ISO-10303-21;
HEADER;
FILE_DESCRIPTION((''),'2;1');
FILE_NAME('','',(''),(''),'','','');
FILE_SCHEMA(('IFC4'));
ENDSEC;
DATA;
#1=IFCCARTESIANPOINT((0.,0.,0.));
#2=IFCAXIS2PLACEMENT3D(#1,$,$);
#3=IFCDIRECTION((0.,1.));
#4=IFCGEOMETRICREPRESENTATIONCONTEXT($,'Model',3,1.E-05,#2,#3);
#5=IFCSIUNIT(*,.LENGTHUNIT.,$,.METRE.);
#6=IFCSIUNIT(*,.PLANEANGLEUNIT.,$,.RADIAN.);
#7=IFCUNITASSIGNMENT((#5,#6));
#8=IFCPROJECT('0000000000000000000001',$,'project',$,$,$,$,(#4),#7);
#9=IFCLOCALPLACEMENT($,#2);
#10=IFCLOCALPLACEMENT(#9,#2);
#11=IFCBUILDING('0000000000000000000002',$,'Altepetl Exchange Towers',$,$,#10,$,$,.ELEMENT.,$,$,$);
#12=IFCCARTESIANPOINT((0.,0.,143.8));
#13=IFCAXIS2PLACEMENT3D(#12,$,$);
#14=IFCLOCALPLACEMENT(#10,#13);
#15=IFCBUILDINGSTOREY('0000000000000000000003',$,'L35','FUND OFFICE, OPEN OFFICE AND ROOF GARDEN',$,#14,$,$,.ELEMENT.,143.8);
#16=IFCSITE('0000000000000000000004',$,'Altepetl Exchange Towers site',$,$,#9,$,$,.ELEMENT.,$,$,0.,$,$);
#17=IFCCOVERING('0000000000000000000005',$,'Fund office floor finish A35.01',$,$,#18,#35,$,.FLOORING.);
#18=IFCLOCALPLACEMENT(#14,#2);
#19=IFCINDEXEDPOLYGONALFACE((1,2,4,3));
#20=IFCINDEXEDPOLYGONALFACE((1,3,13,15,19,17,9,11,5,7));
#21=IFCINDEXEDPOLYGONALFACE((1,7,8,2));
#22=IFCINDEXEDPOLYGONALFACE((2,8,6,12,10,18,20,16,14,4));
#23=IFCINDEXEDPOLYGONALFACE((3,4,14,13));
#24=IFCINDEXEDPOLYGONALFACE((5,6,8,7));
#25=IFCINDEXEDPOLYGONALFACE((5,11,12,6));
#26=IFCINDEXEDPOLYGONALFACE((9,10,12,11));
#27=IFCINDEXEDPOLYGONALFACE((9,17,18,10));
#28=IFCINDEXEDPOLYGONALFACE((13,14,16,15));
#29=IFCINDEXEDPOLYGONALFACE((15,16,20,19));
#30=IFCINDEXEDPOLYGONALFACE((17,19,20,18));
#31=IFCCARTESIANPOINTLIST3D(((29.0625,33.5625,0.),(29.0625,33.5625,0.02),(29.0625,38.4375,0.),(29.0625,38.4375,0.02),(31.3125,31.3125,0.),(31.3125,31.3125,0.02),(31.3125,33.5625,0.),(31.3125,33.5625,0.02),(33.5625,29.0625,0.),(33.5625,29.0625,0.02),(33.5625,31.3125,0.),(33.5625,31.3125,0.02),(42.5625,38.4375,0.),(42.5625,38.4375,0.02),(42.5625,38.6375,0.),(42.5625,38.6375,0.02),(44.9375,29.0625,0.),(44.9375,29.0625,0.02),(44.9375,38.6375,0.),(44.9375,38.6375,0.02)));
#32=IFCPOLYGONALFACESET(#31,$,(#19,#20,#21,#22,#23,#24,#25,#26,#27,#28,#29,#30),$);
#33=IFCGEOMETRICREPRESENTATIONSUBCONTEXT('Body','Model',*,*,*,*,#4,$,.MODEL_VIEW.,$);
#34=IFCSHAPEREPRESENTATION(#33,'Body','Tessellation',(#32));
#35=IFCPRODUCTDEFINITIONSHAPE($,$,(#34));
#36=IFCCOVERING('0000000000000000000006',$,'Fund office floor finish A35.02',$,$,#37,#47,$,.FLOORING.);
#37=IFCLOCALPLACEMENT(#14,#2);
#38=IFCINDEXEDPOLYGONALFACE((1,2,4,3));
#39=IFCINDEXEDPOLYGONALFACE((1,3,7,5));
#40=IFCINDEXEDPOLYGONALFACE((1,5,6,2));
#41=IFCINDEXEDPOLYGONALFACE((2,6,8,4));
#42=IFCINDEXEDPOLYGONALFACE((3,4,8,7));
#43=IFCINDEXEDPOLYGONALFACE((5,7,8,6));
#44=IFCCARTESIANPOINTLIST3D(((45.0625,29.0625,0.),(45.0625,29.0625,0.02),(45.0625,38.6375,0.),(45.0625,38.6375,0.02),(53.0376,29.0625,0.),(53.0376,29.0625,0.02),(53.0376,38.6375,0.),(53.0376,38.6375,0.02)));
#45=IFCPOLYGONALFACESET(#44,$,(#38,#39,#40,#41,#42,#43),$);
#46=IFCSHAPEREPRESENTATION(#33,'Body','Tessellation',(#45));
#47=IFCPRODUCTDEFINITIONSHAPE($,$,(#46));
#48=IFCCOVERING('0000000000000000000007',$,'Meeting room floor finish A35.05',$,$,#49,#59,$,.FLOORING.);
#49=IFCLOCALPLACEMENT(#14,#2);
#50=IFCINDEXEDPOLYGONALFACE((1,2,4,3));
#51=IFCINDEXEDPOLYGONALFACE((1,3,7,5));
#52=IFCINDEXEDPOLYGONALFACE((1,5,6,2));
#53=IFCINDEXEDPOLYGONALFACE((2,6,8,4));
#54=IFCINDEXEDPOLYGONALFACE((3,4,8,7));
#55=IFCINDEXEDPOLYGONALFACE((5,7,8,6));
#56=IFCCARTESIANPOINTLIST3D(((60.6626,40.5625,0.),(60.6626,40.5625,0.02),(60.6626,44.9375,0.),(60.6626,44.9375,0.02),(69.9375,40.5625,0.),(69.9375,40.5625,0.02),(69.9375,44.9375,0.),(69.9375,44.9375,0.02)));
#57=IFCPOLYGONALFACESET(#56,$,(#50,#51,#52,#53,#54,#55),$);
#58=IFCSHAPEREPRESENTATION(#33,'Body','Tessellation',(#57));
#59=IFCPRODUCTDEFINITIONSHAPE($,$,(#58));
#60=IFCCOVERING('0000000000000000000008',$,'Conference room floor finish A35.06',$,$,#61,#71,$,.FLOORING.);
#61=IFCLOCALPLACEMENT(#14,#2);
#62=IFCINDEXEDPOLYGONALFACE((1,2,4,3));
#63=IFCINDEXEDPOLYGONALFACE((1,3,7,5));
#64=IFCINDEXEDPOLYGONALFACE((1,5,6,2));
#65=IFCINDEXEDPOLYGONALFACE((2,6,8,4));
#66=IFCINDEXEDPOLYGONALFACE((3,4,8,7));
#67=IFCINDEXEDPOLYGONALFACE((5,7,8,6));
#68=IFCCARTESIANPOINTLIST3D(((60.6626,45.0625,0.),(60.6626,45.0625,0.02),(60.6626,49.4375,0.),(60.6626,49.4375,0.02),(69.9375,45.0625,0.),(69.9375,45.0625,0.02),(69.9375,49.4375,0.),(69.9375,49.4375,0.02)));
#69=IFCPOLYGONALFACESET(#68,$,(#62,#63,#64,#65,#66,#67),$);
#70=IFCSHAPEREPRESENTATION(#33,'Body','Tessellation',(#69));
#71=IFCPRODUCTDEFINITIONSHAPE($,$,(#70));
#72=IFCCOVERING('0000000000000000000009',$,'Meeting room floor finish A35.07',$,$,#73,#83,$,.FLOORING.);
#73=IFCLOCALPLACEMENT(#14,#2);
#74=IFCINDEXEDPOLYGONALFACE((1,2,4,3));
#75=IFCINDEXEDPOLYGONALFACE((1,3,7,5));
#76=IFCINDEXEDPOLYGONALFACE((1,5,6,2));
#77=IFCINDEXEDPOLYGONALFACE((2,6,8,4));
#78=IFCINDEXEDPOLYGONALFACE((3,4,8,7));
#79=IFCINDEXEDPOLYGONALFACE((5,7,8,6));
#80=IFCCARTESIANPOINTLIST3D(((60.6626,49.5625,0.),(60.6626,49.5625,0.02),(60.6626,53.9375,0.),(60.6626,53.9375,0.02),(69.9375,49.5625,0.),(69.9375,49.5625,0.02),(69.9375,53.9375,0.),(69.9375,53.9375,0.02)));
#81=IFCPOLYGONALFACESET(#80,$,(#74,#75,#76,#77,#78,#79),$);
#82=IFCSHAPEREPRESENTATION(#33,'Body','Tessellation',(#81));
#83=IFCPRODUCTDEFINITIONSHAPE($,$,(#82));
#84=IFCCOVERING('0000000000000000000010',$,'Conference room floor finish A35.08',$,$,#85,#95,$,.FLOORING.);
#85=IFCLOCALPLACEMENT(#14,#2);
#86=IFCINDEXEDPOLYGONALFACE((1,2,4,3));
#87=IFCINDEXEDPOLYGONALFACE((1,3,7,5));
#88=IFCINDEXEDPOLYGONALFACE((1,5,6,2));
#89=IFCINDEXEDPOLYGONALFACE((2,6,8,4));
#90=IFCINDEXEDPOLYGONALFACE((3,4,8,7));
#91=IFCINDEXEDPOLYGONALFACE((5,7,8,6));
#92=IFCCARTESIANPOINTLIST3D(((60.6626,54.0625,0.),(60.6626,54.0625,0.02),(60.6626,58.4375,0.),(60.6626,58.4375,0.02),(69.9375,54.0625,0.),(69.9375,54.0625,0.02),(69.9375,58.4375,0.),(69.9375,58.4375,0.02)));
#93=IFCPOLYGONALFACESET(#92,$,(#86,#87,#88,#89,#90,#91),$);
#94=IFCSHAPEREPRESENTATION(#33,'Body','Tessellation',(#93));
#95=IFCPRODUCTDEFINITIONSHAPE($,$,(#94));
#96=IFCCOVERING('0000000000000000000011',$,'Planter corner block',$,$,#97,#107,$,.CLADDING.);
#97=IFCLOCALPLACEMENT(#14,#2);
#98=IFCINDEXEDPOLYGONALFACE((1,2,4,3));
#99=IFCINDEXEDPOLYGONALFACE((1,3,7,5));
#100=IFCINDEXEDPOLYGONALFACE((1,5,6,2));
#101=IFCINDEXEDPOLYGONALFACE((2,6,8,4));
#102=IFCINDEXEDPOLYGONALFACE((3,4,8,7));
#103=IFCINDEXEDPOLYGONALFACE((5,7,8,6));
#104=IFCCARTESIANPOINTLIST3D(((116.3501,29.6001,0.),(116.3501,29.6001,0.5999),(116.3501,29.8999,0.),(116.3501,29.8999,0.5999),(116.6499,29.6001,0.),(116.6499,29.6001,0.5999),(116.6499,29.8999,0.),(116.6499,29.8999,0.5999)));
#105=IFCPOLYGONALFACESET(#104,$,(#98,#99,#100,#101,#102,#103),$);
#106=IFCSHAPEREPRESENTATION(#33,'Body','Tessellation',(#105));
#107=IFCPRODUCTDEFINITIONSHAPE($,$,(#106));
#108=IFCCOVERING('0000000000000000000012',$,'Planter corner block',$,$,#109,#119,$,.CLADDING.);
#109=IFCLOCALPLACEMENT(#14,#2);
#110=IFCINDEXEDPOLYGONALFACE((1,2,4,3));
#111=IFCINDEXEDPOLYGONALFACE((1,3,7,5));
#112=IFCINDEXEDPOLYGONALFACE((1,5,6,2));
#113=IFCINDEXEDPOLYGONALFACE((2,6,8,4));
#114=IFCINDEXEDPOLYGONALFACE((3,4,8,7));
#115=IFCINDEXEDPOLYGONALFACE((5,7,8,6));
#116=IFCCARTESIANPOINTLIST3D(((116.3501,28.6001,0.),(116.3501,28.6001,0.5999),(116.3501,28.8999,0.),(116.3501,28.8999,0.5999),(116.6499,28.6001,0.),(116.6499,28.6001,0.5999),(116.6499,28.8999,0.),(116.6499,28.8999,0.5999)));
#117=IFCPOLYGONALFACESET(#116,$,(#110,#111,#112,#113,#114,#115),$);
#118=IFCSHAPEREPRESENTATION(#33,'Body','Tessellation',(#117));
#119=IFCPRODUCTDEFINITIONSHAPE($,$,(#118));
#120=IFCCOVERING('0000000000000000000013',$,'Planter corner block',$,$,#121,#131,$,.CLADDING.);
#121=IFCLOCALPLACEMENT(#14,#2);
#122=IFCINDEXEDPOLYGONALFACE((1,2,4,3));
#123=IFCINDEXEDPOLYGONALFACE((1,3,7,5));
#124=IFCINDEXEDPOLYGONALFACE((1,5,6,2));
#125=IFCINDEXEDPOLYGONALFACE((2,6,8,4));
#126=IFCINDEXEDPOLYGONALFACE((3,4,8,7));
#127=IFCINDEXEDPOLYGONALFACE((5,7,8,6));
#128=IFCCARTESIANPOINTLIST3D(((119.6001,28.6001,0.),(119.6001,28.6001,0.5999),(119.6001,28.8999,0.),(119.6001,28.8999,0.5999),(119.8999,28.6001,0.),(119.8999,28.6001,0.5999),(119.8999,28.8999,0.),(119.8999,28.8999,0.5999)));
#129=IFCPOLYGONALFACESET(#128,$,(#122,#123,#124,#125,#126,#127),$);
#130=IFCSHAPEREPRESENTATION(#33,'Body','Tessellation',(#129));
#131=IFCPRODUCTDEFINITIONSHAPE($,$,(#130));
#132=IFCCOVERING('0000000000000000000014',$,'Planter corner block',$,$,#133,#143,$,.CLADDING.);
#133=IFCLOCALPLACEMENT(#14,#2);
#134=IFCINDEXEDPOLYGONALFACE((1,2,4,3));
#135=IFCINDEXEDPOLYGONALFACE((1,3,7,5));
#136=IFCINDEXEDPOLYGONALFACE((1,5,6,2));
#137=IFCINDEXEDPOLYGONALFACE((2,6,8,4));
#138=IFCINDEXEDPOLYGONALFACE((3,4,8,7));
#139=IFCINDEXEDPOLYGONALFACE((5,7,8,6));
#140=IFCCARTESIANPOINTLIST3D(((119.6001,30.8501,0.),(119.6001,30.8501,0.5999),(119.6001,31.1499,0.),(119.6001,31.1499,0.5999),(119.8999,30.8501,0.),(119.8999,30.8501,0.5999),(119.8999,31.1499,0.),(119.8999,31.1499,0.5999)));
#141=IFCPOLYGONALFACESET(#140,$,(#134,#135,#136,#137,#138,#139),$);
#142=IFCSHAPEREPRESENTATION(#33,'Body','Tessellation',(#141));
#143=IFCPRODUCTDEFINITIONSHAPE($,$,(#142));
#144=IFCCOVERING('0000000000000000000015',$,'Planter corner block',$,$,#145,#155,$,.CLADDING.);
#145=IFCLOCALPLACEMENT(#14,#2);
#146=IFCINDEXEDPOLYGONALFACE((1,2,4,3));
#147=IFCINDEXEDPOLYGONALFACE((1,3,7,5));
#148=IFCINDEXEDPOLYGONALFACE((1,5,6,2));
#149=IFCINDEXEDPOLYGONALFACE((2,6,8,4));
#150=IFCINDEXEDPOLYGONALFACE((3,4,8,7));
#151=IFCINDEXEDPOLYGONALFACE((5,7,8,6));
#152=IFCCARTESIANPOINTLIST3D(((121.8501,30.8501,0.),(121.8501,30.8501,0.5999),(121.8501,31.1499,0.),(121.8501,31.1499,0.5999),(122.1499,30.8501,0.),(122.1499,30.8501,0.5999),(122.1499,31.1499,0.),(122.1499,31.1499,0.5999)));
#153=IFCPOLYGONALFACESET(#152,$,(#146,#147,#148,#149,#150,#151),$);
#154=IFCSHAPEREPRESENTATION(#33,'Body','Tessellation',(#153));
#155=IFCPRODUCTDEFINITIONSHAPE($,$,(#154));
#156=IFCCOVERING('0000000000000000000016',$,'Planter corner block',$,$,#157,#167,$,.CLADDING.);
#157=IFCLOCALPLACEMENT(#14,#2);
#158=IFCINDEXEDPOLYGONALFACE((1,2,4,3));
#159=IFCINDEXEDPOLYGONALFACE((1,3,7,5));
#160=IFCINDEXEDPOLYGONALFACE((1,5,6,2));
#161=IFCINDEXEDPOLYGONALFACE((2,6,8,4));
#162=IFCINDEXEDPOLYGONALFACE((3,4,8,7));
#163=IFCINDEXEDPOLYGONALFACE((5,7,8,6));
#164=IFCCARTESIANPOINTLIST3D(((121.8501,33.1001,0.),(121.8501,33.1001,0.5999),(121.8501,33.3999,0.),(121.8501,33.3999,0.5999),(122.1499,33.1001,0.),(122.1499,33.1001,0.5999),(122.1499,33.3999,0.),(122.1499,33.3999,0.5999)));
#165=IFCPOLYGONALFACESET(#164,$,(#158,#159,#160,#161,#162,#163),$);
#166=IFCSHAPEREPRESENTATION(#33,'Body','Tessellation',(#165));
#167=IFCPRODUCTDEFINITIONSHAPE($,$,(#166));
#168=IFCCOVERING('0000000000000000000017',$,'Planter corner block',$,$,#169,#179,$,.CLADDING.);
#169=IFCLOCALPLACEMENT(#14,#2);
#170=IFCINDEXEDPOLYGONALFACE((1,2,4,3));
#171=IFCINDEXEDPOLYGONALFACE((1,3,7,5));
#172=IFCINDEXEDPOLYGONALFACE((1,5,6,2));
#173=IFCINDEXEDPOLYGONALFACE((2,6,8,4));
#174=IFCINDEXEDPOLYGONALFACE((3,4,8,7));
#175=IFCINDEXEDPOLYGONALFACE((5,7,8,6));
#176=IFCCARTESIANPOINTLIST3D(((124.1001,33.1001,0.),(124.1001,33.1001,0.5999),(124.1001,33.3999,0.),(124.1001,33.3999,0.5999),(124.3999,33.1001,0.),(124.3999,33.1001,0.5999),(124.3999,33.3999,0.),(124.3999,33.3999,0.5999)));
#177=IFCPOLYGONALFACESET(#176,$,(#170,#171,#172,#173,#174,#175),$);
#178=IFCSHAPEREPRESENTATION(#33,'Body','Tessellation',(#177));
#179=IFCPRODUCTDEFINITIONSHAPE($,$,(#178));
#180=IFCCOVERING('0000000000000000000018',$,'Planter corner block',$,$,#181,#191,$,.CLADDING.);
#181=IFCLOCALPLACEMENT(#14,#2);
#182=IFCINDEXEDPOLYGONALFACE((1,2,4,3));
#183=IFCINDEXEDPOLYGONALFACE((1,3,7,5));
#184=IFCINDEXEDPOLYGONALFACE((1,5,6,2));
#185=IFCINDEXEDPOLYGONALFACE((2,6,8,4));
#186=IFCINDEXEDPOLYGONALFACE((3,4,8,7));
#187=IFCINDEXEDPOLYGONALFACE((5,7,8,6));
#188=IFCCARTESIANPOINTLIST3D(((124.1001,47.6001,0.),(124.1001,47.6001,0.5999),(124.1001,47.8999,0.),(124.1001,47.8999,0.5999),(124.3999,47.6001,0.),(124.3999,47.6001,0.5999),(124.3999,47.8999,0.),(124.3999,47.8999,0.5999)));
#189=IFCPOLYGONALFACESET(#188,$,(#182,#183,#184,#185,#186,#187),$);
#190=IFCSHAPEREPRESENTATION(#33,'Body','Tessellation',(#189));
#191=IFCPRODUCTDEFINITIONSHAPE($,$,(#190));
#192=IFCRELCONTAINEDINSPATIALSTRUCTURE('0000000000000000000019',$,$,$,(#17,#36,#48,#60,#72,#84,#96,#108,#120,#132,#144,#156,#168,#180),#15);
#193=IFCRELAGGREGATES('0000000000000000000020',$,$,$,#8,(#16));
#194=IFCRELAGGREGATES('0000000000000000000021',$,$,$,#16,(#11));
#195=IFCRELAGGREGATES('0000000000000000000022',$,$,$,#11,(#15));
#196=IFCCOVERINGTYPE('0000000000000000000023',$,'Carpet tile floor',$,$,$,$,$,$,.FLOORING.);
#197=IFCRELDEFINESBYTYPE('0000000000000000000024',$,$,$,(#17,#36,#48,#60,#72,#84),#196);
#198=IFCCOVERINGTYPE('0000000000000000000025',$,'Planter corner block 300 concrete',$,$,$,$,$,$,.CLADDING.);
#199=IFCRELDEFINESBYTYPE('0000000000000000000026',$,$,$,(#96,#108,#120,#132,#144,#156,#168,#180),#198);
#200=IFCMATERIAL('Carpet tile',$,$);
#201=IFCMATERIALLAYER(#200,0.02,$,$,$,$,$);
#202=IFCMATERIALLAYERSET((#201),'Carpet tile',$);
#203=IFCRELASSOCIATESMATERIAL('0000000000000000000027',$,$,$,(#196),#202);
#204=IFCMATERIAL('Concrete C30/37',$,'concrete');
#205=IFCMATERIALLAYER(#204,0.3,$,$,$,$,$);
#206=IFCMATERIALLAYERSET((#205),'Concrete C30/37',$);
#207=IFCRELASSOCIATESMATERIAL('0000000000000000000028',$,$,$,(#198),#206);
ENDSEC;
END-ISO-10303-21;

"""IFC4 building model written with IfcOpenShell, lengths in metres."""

from ifc_helpers import new_model, si_unit, direction, frame, origin, place, context, subcontext, project, spatial, polyline, outline, extrude, material, layer, layer_set, type_object, element, save


model = new_model("IFC4")

# Units and contexts
model_context = context("Model", 3, precision=1e-05, world=origin(), true_north=direction((0.0, 1.0)))
body_context = subcontext(model_context, "Body", "Model", "MODEL_VIEW")
ifc_project = project(units=[si_unit("LENGTHUNIT", "METRE"), si_unit("PLANEANGLEUNIT", "RADIAN")], contexts=[model_context])

# Site, building, storey
site_placement = place(None, origin())
site = spatial("IfcSite", under=ifc_project, at=site_placement, Name="Altepetl Exchange Towers site", CompositionType="ELEMENT", RefElevation=0.0)
building_placement = place(site_placement, origin())
building = spatial("IfcBuilding", under=site, at=building_placement, Name="Altepetl Exchange Towers", CompositionType="ELEMENT")
storey_placement = place(building_placement, frame((0.0, 0.0, 143.8)))
storey = spatial("IfcBuildingStorey", under=building, at=storey_placement, Name="L35", Description="FUND OFFICE, OPEN OFFICE AND ROOF GARDEN", CompositionType="ELEMENT", Elevation=143.8)

# Coverings
ifc_material_1 = material(Name="Carpet tile")
ifc_layer_1 = layer(ifc_material_1, 0.02)
ifc_layer_set_1 = layer_set([ifc_layer_1], Name="Carpet tile")
covering_type_1 = type_object("IfcCoveringType", Name="Carpet tile floor", PredefinedType="FLOORING", material=ifc_layer_set_1)
covering_1_placement = place(storey_placement, origin())
element("IfcCovering", 1, at=covering_1_placement, inside=storey, type_object=covering_type_1, Name="Fund office floor finish A35.01", PredefinedType="FLOORING", context=body_context, shape_type="SweptSolid", body=[
    extrude(outline(polyline([(31.3125, 31.3125), (33.5625, 31.3125), (33.5625, 29.0625), (44.9375, 29.0625), (44.9375, 38.6375), (42.5625, 38.6375), (42.5625, 38.4375), (29.0625, 38.4375), (29.0625, 33.5625), (31.3125, 33.5625), (31.3125, 31.3125)])), origin(), (0.0, 0.0, 1.0), 0.02),
])
covering_2_placement = place(storey_placement, origin())
element("IfcCovering", 2, at=covering_2_placement, inside=storey, type_object=covering_type_1, Name="Fund office floor finish A35.02", PredefinedType="FLOORING", context=body_context, shape_type="SweptSolid", body=[
    extrude(outline(polyline([(45.0625, 38.6375), (45.0625, 29.0625), (53.0376, 29.0625), (53.0376, 38.6375), (45.0625, 38.6375)])), origin(), (0.0, 0.0, 1.0), 0.02),
])
covering_3_placement = place(storey_placement, origin())
element("IfcCovering", 3, at=covering_3_placement, inside=storey, type_object=covering_type_1, Name="Meeting room floor finish A35.05", PredefinedType="FLOORING", context=body_context, shape_type="SweptSolid", body=[
    extrude(outline(polyline([(69.9375, 44.9375), (60.6626, 44.9375), (60.6626, 40.5625), (69.9375, 40.5625), (69.9375, 44.9375)])), origin(), (0.0, 0.0, 1.0), 0.02),
])
covering_4_placement = place(storey_placement, origin())
element("IfcCovering", 4, at=covering_4_placement, inside=storey, type_object=covering_type_1, Name="Conference room floor finish A35.06", PredefinedType="FLOORING", context=body_context, shape_type="SweptSolid", body=[
    extrude(outline(polyline([(69.9375, 49.4375), (60.6626, 49.4375), (60.6626, 45.0625), (69.9375, 45.0625), (69.9375, 49.4375)])), origin(), (0.0, 0.0, 1.0), 0.02),
])
covering_5_placement = place(storey_placement, origin())
element("IfcCovering", 5, at=covering_5_placement, inside=storey, type_object=covering_type_1, Name="Meeting room floor finish A35.07", PredefinedType="FLOORING", context=body_context, shape_type="SweptSolid", body=[
    extrude(outline(polyline([(69.9375, 53.9375), (60.6626, 53.9375), (60.6626, 49.5625), (69.9375, 49.5625), (69.9375, 53.9375)])), origin(), (0.0, 0.0, 1.0), 0.02),
])
covering_6_placement = place(storey_placement, origin())
element("IfcCovering", 6, at=covering_6_placement, inside=storey, type_object=covering_type_1, Name="Conference room floor finish A35.08", PredefinedType="FLOORING", context=body_context, shape_type="SweptSolid", body=[
    extrude(outline(polyline([(69.9375, 54.0625), (69.9375, 58.4375), (60.6626, 58.4375), (60.6626, 54.0625), (69.9375, 54.0625)])), origin(), (0.0, 0.0, 1.0), 0.02),
])
ifc_material_2 = material(Name="Concrete C30/37", Category="concrete")
ifc_layer_2 = layer(ifc_material_2, 0.3)
ifc_layer_set_2 = layer_set([ifc_layer_2], Name="Concrete C30/37")
covering_type_2 = type_object("IfcCoveringType", Name="Planter corner block 300 concrete", PredefinedType="CLADDING", material=ifc_layer_set_2)
covering_7_placement = place(storey_placement, origin())
element("IfcCovering", 7, at=covering_7_placement, inside=storey, type_object=covering_type_2, Name="Planter corner block", PredefinedType="CLADDING", context=body_context, shape_type="SweptSolid", body=[
    extrude(outline(polyline([(116.6499, 29.8999), (116.3501, 29.8999), (116.3501, 29.6001), (116.6499, 29.6001), (116.6499, 29.8999)])), origin(), (0.0, 0.0, 1.0), 0.5999),
])
covering_8_placement = place(storey_placement, origin())
element("IfcCovering", 8, at=covering_8_placement, inside=storey, type_object=covering_type_2, Name="Planter corner block", PredefinedType="CLADDING", context=body_context, shape_type="SweptSolid", body=[
    extrude(outline(polyline([(116.6499, 28.8999), (116.3501, 28.8999), (116.3501, 28.6001), (116.6499, 28.6001), (116.6499, 28.8999)])), origin(), (0.0, 0.0, 1.0), 0.5999),
])
covering_9_placement = place(storey_placement, origin())
element("IfcCovering", 9, at=covering_9_placement, inside=storey, type_object=covering_type_2, Name="Planter corner block", PredefinedType="CLADDING", context=body_context, shape_type="SweptSolid", body=[
    extrude(outline(polyline([(119.6001, 28.8999), (119.6001, 28.6001), (119.8999, 28.6001), (119.8999, 28.8999), (119.6001, 28.8999)])), origin(), (0.0, 0.0, 1.0), 0.5999),
])
covering_10_placement = place(storey_placement, origin())
element("IfcCovering", 10, at=covering_10_placement, inside=storey, type_object=covering_type_2, Name="Planter corner block", PredefinedType="CLADDING", context=body_context, shape_type="SweptSolid", body=[
    extrude(outline(polyline([(119.8999, 31.1499), (119.6001, 31.1499), (119.6001, 30.8501), (119.8999, 30.8501), (119.8999, 31.1499)])), origin(), (0.0, 0.0, 1.0), 0.5999),
])
covering_11_placement = place(storey_placement, origin())
element("IfcCovering", 11, at=covering_11_placement, inside=storey, type_object=covering_type_2, Name="Planter corner block", PredefinedType="CLADDING", context=body_context, shape_type="SweptSolid", body=[
    extrude(outline(polyline([(121.8501, 31.1499), (121.8501, 30.8501), (122.1499, 30.8501), (122.1499, 31.1499), (121.8501, 31.1499)])), origin(), (0.0, 0.0, 1.0), 0.5999),
])
covering_12_placement = place(storey_placement, origin())
element("IfcCovering", 12, at=covering_12_placement, inside=storey, type_object=covering_type_2, Name="Planter corner block", PredefinedType="CLADDING", context=body_context, shape_type="SweptSolid", body=[
    extrude(outline(polyline([(122.1499, 33.3999), (121.8501, 33.3999), (121.8501, 33.1001), (122.1499, 33.1001), (122.1499, 33.3999)])), origin(), (0.0, 0.0, 1.0), 0.5999),
])
covering_13_placement = place(storey_placement, origin())
element("IfcCovering", 13, at=covering_13_placement, inside=storey, type_object=covering_type_2, Name="Planter corner block", PredefinedType="CLADDING", context=body_context, shape_type="SweptSolid", body=[
    extrude(outline(polyline([(124.1001, 33.3999), (124.1001, 33.1001), (124.3999, 33.1001), (124.3999, 33.3999), (124.1001, 33.3999)])), origin(), (0.0, 0.0, 1.0), 0.5999),
])
covering_14_placement = place(storey_placement, origin())
element("IfcCovering", 14, at=covering_14_placement, inside=storey, type_object=covering_type_2, Name="Planter corner block", PredefinedType="CLADDING", context=body_context, shape_type="SweptSolid", body=[
    extrude(outline(polyline([(124.1001, 47.6001), (124.3999, 47.6001), (124.3999, 47.8999), (124.1001, 47.8999), (124.1001, 47.6001)])), origin(), (0.0, 0.0, 1.0), 0.5999),
])

save(model, "model.ifc")
